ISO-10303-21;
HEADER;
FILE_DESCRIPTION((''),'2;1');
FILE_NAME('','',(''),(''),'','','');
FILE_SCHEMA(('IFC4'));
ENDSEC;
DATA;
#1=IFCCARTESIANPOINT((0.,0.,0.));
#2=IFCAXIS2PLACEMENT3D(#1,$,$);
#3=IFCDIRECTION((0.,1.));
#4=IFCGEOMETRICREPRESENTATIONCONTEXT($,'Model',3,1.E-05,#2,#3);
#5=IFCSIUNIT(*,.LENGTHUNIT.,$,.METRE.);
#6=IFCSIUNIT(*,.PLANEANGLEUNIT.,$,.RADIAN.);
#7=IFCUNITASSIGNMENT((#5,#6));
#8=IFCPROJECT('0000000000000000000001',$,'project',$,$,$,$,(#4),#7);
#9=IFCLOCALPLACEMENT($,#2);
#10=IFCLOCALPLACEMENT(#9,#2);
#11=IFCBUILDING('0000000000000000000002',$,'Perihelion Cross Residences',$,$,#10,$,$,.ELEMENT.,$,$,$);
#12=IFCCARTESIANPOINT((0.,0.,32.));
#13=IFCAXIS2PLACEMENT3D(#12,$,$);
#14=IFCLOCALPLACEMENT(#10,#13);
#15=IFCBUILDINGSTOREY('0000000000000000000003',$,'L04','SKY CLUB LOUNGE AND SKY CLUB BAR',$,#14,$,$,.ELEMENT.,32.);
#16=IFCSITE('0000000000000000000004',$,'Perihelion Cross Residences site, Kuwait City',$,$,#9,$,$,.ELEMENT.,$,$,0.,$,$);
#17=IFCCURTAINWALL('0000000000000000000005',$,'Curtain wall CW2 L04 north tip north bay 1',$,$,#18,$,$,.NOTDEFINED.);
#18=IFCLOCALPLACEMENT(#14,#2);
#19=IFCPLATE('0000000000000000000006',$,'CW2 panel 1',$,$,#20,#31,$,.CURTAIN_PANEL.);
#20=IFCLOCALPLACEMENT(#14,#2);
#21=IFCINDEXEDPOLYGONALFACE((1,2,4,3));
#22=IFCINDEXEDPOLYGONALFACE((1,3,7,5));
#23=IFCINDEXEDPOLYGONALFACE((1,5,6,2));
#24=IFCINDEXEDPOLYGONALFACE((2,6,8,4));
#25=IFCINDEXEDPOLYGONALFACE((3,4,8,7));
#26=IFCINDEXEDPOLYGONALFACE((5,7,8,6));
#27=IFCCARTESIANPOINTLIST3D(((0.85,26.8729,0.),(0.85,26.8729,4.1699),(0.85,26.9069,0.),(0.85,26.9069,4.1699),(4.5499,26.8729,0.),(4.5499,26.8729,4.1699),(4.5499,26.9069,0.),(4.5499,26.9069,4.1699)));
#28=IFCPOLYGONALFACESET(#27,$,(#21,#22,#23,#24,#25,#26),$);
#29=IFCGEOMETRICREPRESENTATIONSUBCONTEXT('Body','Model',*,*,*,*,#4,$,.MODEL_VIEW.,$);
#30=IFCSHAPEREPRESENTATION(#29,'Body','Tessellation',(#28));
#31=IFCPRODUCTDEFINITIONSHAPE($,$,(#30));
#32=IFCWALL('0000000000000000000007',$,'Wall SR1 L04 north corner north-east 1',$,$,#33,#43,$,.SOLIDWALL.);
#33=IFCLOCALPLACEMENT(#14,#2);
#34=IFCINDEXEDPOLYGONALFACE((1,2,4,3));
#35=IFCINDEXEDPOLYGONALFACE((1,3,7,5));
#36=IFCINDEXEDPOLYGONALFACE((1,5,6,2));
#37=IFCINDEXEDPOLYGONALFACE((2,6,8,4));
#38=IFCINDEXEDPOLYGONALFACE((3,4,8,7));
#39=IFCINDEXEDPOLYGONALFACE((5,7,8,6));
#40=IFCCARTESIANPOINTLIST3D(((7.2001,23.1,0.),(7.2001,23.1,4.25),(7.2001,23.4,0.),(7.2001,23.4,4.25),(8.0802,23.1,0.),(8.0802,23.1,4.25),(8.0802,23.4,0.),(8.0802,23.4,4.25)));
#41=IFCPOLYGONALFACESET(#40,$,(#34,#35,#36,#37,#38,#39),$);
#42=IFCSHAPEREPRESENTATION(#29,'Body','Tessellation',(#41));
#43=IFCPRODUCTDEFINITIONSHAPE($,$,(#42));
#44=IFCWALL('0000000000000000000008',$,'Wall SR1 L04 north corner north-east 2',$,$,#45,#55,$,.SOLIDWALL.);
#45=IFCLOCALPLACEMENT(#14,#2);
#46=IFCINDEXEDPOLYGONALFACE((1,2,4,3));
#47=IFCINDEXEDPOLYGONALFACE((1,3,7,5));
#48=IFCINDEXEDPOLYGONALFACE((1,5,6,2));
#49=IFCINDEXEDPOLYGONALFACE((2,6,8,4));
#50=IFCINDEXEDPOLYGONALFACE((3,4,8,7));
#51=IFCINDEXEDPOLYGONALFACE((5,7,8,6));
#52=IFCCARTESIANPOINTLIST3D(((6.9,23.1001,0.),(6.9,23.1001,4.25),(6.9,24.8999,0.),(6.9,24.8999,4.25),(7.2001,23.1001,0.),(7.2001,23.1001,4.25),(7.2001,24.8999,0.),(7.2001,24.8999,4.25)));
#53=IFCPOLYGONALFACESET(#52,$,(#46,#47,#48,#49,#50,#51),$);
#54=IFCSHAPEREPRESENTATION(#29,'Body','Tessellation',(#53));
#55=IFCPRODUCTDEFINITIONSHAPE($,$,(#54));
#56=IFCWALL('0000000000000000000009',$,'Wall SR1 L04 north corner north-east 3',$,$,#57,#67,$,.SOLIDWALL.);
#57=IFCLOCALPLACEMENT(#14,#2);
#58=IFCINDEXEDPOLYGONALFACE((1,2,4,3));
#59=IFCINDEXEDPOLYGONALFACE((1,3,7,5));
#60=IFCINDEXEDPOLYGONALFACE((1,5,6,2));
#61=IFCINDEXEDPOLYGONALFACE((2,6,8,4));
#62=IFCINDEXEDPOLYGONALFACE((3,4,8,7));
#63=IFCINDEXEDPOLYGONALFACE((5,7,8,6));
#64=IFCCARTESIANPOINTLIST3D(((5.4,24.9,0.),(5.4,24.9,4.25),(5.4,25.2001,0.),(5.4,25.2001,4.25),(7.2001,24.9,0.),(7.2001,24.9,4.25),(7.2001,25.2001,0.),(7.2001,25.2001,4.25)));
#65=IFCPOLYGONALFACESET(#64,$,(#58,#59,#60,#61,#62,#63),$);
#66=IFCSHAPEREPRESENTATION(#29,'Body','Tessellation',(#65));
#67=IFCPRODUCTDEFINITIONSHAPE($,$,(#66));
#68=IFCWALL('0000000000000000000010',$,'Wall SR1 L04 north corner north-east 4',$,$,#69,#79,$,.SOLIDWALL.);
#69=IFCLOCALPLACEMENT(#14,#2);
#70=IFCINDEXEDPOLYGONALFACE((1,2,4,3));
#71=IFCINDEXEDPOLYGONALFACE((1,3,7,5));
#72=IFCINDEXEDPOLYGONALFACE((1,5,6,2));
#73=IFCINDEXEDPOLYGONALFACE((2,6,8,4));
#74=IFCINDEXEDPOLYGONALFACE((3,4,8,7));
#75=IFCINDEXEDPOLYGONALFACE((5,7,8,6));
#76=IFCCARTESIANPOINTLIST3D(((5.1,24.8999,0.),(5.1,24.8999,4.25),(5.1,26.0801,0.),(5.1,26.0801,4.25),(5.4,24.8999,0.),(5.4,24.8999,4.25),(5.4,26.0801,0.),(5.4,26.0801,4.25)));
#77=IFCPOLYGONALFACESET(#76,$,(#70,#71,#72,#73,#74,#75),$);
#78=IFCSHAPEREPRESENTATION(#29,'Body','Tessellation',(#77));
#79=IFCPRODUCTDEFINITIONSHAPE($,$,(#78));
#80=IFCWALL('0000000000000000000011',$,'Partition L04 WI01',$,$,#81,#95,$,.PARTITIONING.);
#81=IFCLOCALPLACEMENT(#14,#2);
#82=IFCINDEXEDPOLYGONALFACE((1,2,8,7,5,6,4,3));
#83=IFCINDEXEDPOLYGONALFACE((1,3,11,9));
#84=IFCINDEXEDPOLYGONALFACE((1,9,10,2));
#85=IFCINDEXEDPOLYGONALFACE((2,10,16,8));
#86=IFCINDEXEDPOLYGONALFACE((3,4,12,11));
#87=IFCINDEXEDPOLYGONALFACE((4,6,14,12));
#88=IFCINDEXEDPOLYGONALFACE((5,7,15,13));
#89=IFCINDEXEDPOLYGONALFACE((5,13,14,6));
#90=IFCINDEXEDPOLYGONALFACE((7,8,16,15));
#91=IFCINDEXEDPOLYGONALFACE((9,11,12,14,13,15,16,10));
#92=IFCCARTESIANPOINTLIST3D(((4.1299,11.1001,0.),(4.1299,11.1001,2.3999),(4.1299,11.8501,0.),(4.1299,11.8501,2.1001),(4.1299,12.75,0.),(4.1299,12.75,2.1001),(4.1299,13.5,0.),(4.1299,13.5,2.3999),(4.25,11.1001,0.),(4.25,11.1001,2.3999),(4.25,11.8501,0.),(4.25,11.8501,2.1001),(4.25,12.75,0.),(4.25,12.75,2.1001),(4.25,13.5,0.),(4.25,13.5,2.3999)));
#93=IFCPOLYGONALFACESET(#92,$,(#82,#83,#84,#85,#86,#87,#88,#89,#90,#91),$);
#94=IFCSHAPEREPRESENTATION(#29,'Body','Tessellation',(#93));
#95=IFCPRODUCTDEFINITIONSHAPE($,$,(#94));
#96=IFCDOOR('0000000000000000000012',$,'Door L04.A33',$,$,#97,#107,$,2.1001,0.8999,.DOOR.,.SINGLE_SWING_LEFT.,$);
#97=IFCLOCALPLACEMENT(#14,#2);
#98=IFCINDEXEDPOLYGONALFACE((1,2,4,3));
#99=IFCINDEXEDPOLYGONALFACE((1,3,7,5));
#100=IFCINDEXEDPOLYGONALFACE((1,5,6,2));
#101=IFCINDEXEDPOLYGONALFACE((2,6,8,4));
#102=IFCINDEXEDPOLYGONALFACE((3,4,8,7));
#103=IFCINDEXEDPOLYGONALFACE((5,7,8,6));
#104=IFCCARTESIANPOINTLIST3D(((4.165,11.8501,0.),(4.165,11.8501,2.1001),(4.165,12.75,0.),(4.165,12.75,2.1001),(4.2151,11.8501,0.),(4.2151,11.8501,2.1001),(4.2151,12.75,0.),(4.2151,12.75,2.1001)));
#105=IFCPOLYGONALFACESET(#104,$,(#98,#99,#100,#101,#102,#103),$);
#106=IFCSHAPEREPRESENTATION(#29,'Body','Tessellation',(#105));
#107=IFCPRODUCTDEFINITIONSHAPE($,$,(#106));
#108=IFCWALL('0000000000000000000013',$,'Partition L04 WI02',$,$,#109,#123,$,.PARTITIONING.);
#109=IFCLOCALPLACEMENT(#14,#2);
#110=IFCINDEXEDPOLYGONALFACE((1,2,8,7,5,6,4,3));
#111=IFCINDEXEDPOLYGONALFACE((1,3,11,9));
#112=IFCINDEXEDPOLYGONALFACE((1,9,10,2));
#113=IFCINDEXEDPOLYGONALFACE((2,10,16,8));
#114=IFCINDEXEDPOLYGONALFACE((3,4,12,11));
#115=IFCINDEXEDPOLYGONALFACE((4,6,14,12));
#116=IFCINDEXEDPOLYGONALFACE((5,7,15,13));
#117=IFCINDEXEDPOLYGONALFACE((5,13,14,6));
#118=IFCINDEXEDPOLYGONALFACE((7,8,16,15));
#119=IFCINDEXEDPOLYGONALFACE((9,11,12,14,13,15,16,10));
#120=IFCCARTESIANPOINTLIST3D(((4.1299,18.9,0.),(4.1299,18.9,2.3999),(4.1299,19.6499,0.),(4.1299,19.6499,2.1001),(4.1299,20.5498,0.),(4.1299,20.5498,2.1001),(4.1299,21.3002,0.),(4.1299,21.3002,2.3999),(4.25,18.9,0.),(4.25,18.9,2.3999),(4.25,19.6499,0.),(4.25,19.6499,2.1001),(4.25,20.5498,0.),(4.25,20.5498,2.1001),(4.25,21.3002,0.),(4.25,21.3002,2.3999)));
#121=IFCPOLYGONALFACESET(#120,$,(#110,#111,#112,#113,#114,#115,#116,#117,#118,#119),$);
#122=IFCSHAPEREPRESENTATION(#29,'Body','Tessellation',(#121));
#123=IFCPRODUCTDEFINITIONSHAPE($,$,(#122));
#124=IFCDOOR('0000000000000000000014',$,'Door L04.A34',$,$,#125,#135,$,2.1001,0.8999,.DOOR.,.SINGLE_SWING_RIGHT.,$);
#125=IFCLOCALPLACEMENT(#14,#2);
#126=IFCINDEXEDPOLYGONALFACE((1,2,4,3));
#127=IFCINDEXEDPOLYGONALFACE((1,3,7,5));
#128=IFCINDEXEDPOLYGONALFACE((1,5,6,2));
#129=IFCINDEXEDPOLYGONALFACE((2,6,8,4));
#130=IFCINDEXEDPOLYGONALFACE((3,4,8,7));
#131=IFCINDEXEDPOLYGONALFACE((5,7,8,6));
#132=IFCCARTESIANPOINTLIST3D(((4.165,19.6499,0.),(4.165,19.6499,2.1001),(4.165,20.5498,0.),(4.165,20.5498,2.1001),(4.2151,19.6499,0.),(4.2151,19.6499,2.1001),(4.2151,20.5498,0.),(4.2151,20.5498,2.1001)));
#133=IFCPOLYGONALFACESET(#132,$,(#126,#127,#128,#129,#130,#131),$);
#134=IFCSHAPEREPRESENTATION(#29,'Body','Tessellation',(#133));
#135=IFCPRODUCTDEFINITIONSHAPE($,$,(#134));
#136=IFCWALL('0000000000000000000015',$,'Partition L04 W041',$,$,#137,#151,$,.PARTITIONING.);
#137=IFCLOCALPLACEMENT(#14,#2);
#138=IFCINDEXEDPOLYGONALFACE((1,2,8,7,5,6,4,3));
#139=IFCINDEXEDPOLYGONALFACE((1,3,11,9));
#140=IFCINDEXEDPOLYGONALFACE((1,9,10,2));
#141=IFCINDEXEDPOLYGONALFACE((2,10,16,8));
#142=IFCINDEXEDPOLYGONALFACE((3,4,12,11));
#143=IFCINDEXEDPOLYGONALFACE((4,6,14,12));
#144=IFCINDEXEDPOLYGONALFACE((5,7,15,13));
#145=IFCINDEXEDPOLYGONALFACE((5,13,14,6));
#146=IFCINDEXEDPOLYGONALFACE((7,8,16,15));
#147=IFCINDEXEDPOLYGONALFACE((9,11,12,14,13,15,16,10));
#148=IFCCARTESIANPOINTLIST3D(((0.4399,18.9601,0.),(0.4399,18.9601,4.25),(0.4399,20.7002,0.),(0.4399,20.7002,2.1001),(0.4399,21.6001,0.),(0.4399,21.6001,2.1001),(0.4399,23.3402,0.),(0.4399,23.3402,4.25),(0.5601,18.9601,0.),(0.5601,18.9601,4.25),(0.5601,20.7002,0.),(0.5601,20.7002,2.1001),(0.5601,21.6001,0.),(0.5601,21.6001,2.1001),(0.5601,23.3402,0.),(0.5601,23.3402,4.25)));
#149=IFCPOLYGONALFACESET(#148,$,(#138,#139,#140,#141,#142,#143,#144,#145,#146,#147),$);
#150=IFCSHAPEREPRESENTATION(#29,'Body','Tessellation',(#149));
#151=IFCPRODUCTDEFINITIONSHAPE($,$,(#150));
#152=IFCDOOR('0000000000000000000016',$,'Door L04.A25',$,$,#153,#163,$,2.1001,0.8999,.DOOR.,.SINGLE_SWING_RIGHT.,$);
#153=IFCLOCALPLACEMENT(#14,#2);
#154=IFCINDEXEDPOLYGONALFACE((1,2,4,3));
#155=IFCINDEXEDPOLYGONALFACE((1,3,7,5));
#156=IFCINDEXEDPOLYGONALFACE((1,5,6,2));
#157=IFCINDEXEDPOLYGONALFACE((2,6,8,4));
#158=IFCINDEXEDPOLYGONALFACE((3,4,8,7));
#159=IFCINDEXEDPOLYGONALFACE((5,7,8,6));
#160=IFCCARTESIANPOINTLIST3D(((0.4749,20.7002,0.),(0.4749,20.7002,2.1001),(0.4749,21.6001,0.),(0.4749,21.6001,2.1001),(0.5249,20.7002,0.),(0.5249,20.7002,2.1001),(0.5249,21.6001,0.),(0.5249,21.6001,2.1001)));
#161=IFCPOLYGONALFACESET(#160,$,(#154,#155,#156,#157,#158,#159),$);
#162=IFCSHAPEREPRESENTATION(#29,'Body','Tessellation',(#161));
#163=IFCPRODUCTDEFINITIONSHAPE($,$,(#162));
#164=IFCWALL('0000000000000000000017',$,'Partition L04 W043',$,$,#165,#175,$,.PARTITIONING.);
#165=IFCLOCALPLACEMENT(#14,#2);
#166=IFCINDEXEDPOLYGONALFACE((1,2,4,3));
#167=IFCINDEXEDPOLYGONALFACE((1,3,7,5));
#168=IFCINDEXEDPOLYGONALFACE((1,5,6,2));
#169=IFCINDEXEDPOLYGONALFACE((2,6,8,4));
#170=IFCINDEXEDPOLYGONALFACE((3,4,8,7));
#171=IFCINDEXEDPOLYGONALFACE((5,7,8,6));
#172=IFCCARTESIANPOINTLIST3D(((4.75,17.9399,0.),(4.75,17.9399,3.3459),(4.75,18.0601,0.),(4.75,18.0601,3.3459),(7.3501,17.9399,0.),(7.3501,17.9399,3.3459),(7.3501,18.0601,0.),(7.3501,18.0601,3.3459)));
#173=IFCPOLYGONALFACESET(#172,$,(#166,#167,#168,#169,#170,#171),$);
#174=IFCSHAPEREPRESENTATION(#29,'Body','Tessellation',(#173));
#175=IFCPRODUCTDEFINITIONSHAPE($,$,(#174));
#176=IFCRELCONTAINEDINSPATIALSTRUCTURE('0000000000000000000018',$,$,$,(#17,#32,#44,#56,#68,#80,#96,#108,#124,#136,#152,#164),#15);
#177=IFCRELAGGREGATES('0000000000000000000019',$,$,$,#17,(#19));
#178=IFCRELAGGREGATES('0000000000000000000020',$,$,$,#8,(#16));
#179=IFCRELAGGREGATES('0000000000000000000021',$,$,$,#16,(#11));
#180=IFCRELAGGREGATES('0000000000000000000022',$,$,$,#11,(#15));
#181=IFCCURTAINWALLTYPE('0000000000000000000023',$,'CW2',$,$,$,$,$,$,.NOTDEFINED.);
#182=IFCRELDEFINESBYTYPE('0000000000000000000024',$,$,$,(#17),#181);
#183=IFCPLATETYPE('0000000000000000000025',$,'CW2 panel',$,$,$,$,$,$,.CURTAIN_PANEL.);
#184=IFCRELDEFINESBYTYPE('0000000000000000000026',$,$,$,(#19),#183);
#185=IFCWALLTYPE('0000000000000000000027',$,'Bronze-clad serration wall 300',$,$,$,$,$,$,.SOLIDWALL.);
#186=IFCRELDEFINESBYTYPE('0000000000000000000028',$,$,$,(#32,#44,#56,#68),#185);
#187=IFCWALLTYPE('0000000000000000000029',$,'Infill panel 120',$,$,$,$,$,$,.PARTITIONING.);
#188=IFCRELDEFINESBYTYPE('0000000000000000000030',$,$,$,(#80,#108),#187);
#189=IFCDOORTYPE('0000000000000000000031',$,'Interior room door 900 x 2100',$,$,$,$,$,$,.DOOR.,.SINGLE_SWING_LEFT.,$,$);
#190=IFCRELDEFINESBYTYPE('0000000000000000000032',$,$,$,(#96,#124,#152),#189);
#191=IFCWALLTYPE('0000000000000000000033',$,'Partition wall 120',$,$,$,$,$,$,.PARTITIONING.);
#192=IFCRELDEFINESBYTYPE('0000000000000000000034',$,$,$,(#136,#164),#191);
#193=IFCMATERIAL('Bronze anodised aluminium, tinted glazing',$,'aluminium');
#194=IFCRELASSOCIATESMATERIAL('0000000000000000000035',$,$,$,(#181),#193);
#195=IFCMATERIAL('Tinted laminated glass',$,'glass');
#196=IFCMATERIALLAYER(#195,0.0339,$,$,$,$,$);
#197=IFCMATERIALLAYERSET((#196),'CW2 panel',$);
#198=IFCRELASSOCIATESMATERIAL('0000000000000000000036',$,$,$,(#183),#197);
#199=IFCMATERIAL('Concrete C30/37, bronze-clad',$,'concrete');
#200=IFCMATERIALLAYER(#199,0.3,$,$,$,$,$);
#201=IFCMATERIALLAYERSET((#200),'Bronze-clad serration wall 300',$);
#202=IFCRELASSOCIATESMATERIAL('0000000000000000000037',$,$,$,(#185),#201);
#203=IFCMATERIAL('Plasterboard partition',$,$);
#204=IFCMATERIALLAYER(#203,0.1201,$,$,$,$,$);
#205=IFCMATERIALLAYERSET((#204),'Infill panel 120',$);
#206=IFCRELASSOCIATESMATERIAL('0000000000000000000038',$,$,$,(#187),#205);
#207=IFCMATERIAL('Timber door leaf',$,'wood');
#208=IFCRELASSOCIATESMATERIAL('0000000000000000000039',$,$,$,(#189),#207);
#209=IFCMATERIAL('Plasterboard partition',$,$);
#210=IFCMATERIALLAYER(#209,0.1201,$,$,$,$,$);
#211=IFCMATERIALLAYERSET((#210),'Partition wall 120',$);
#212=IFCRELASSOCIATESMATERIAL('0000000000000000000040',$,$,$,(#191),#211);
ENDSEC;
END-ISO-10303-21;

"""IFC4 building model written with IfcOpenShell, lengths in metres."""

from ifc_helpers import new_model, si_unit, direction, frame, frame_2d, origin, origin_2d, place, context, subcontext, project, spatial, rectangle, extrude, material, layer, layer_set, type_object, element, fill, aggregate, save


model = new_model("IFC4")

# Units and contexts
model_context = context("Model", 3, precision=1e-05, world=origin(), true_north=direction((0.0, 1.0)))
body_context = subcontext(model_context, "Body", "Model", "MODEL_VIEW")
ifc_project = project(units=[si_unit("LENGTHUNIT", "METRE"), si_unit("PLANEANGLEUNIT", "RADIAN")], contexts=[model_context])

# Site, building, storey
site_placement = place(None, origin())
site = spatial("IfcSite", under=ifc_project, at=site_placement, Name="Perihelion Cross Residences site, Kuwait City", CompositionType="ELEMENT", RefElevation=0.0)
building_placement = place(site_placement, origin())
building = spatial("IfcBuilding", under=site, at=building_placement, Name="Perihelion Cross Residences", CompositionType="ELEMENT")
storey_placement = place(building_placement, frame((0.0, 0.0, 32.0)))
storey = spatial("IfcBuildingStorey", under=building, at=storey_placement, Name="L04", Description="SKY CLUB LOUNGE AND SKY CLUB BAR", CompositionType="ELEMENT", Elevation=32.0)

# Shared definitions
ifc_material_1 = material(Name="Bronze anodised aluminium, tinted glazing", Category="aluminium")
curtain_wall_type = type_object("IfcCurtainWallType", Name="CW2", PredefinedType="NOTDEFINED", material=ifc_material_1)

# Curtain wall
curtain_wall_1_placement = place(storey_placement, origin())
curtain_wall_1 = element("IfcCurtainWall", 1, at=curtain_wall_1_placement, inside=storey, type_object=curtain_wall_type, Name="Curtain wall CW2 L04 north tip north bay 1", PredefinedType="NOTDEFINED")

# Plate
ifc_material_2 = material(Name="Tinted laminated glass", Category="glass")
ifc_layer_1 = layer(ifc_material_2, 0.0339)
ifc_layer_set_1 = layer_set([ifc_layer_1], Name="CW2 panel")
plate_type = type_object("IfcPlateType", Name="CW2 panel", PredefinedType="CURTAIN_PANEL", material=ifc_layer_set_1)
plate_placement = place(storey_placement, frame((2.7, 26.8899, 0.0), z_axis=(0.0, 0.0, 1.0), x_axis=(-1.0, 0.0, 0.0)))
plate = element("IfcPlate", 2, at=plate_placement, type_object=plate_type, Name="CW2 panel 1", PredefinedType="CURTAIN_PANEL", context=body_context, shape_type="SweptSolid", body=[
    extrude(rectangle(XDim=3.7, YDim=0.0339, at=origin_2d()), origin(), (0.0, 0.0, 1.0), 4.1699),
])
aggregate(curtain_wall_1, [plate])

# Walls
ifc_material_3 = material(Name="Concrete C30/37, bronze-clad", Category="concrete")
ifc_layer_2 = layer(ifc_material_3, 0.3)
ifc_layer_set_2 = layer_set([ifc_layer_2], Name="Bronze-clad serration wall 300")
wall_type_1 = type_object("IfcWallType", Name="Bronze-clad serration wall 300", PredefinedType="SOLIDWALL", material=ifc_layer_set_2)
wall_1_placement = place(storey_placement, frame((8.0801, 23.25, 0.0), z_axis=(0.0, 0.0, 1.0), x_axis=(-1.0, 0.0, 0.0)))
element("IfcWall", 3, at=wall_1_placement, inside=storey, type_object=wall_type_1, Name="Wall SR1 L04 north corner north-east 1", PredefinedType="SOLIDWALL", context=body_context, shape_type="SweptSolid", body=[
    extrude(rectangle(XDim=0.8801, YDim=0.3, at=frame_2d((0.4399, 0.0))), origin(), (0.0, 0.0, 1.0), 4.25),
])
wall_2_placement = place(storey_placement, frame((7.05, 23.1001, 0.0), z_axis=(0.0, 0.0, 1.0), x_axis=(0.0, 1.0, 0.0)))
element("IfcWall", 4, at=wall_2_placement, inside=storey, type_object=wall_type_1, Name="Wall SR1 L04 north corner north-east 2", PredefinedType="SOLIDWALL", context=body_context, shape_type="SweptSolid", body=[
    extrude(rectangle(XDim=1.7998, YDim=0.3, at=frame_2d((0.8999, 0.0))), origin(), (0.0, 0.0, 1.0), 4.25),
])
wall_3_placement = place(storey_placement, frame((7.2, 25.05, 0.0), z_axis=(0.0, 0.0, 1.0), x_axis=(-1.0, 0.0, 0.0)))
element("IfcWall", 5, at=wall_3_placement, inside=storey, type_object=wall_type_1, Name="Wall SR1 L04 north corner north-east 3", PredefinedType="SOLIDWALL", context=body_context, shape_type="SweptSolid", body=[
    extrude(rectangle(XDim=1.8, YDim=0.3, at=frame_2d((0.8999, 0.0))), origin(), (0.0, 0.0, 1.0), 4.25),
])
wall_4_placement = place(storey_placement, frame((5.25, 24.8999, 0.0), z_axis=(0.0, 0.0, 1.0), x_axis=(0.0, 1.0, 0.0)))
element("IfcWall", 6, at=wall_4_placement, inside=storey, type_object=wall_type_1, Name="Wall SR1 L04 north corner north-east 4", PredefinedType="SOLIDWALL", context=body_context, shape_type="SweptSolid", body=[
    extrude(rectangle(XDim=1.1802, YDim=0.3, at=frame_2d((0.5901, 0.0))), origin(), (0.0, 0.0, 1.0), 4.25),
])

# Walls, openings, doors
ifc_material_4 = material(Name="Plasterboard partition")
ifc_layer_3 = layer(ifc_material_4, 0.1201)
ifc_layer_set_3 = layer_set([ifc_layer_3], Name="Infill panel 120")
wall_type_2 = type_object("IfcWallType", Name="Infill panel 120", PredefinedType="PARTITIONING", material=ifc_layer_set_3)
wall_5_placement = place(storey_placement, frame((4.1899, 11.1001, 0.0), z_axis=(0.0, 0.0, 1.0), x_axis=(0.0, 1.0, 0.0)))
wall_5 = element("IfcWall", 7, at=wall_5_placement, inside=storey, type_object=wall_type_2, Name="Partition L04 WI01", PredefinedType="PARTITIONING", context=body_context, shape_type="SweptSolid", body=[
    extrude(rectangle(XDim=2.3999, YDim=0.1201, at=frame_2d((1.2, 0.0))), origin(), (0.0, 0.0, 1.0), 2.3999),
])
opening_1_placement = place(wall_5_placement, frame((0.75, 0.0, 0.0)))
opening_1 = element("IfcOpeningElement", 8, at=opening_1_placement, cuts=wall_5, PredefinedType="OPENING", context=body_context, shape_type="SweptSolid", body=[
    extrude(rectangle(XDim=0.8999, YDim=2.1001, at=frame_2d((0.45, 1.05))), frame((0.0, 0.0701, 0.0), z_axis=(0.0, -1.0, 0.0), x_axis=(1.0, 0.0, 0.0)), (0.0, 0.0, 1.0), 0.1401),
])
ifc_material_5 = material(Name="Timber door leaf", Category="wood")
door_type_1 = type_object("IfcDoorType", Name="Interior room door 900 x 2100", OperationType="SINGLE_SWING_LEFT", PredefinedType="DOOR", material=ifc_material_5)
door_1_placement = place(opening_1_placement, origin())
door_1 = element("IfcDoor", 9, at=door_1_placement, inside=storey, type_object=door_type_1, Name="Door L04.A33", OperationType="SINGLE_SWING_LEFT", OverallHeight=2.1001, OverallWidth=0.8999, PredefinedType="DOOR", context=body_context, shape_type="SweptSolid", body=[
    extrude(rectangle(XDim=0.8999, YDim=2.1001, at=frame_2d((0.45, 1.05))), frame((0.0, 0.0249, 0.0), z_axis=(0.0, -1.0, 0.0), x_axis=(1.0, 0.0, 0.0)), (0.0, 0.0, 1.0), 0.05),
])
fill(opening_1, door_1)
wall_6_placement = place(storey_placement, frame((4.1899, 18.8999, 0.0), z_axis=(0.0, 0.0, 1.0), x_axis=(0.0, 1.0, 0.0)))
wall_6 = element("IfcWall", 10, at=wall_6_placement, inside=storey, type_object=wall_type_2, Name="Partition L04 WI02", PredefinedType="PARTITIONING", context=body_context, shape_type="SweptSolid", body=[
    extrude(rectangle(XDim=2.4001, YDim=0.1201, at=frame_2d((1.2002, 0.0))), origin(), (0.0, 0.0, 1.0), 2.3999),
])
opening_2_placement = place(wall_6_placement, frame((0.75, 0.0, 0.0)))
opening_2 = element("IfcOpeningElement", 11, at=opening_2_placement, cuts=wall_6, PredefinedType="OPENING", context=body_context, shape_type="SweptSolid", body=[
    extrude(rectangle(XDim=0.8999, YDim=2.1001, at=frame_2d((0.45, 1.05))), frame((0.0, 0.0701, 0.0), z_axis=(0.0, -1.0, 0.0), x_axis=(1.0, 0.0, 0.0)), (0.0, 0.0, 1.0), 0.1401),
])
door_2_placement = place(opening_2_placement, origin())
door_2 = element("IfcDoor", 12, at=door_2_placement, inside=storey, type_object=door_type_1, Name="Door L04.A34", OperationType="SINGLE_SWING_RIGHT", OverallHeight=2.1001, OverallWidth=0.8999, PredefinedType="DOOR", context=body_context, shape_type="SweptSolid", body=[
    extrude(rectangle(XDim=0.8999, YDim=2.1001, at=frame_2d((0.45, 1.05))), frame((0.0, 0.0249, 0.0), z_axis=(0.0, -1.0, 0.0), x_axis=(1.0, 0.0, 0.0)), (0.0, 0.0, 1.0), 0.05),
])
fill(opening_2, door_2)
ifc_material_6 = material(Name="Plasterboard partition")
ifc_layer_4 = layer(ifc_material_6, 0.1201)
ifc_layer_set_4 = layer_set([ifc_layer_4], Name="Partition wall 120")
wall_type_3 = type_object("IfcWallType", Name="Partition wall 120", PredefinedType="PARTITIONING", material=ifc_layer_set_4)
wall_7_placement = place(storey_placement, frame((0.5, 23.3401, 0.0), z_axis=(0.0, 0.0, 1.0), x_axis=(0.0, -1.0, 0.0)))
wall_7 = element("IfcWall", 13, at=wall_7_placement, inside=storey, type_object=wall_type_3, Name="Partition L04 W041", PredefinedType="PARTITIONING", context=body_context, shape_type="SweptSolid", body=[
    extrude(rectangle(XDim=4.3801, YDim=0.1201, at=frame_2d((2.1899, 0.0))), origin(), (0.0, 0.0, 1.0), 4.25),
])
opening_3_placement = place(wall_7_placement, frame((1.74, 0.0, 0.0)))
opening_3 = element("IfcOpeningElement", 14, at=opening_3_placement, cuts=wall_7, PredefinedType="OPENING", context=body_context, shape_type="SweptSolid", body=[
    extrude(rectangle(XDim=0.8999, YDim=2.1001, at=frame_2d((0.45, 1.05))), frame((0.0, 0.0701, 0.0), z_axis=(0.0, -1.0, 0.0), x_axis=(1.0, 0.0, 0.0)), (0.0, 0.0, 1.0), 0.1401),
])
door_3_placement = place(opening_3_placement, origin())
door_3 = element("IfcDoor", 15, at=door_3_placement, inside=storey, type_object=door_type_1, Name="Door L04.A25", OperationType="SINGLE_SWING_RIGHT", OverallHeight=2.1001, OverallWidth=0.8999, PredefinedType="DOOR", context=body_context, shape_type="SweptSolid", body=[
    extrude(rectangle(XDim=0.8999, YDim=2.1001, at=frame_2d((0.45, 1.05))), frame((0.0, 0.0249, 0.0), z_axis=(0.0, -1.0, 0.0), x_axis=(1.0, 0.0, 0.0)), (0.0, 0.0, 1.0), 0.05),
])
fill(opening_3, door_3)

# Wall
wall_8_placement = place(storey_placement, frame((4.75, 18.0, 0.0), z_axis=(0.0, 0.0, 1.0), x_axis=(1.0, 0.0, 0.0)))
element("IfcWall", 16, at=wall_8_placement, inside=storey, type_object=wall_type_3, Name="Partition L04 W043", PredefinedType="PARTITIONING", context=body_context, shape_type="SweptSolid", body=[
    extrude(rectangle(XDim=2.6001, YDim=0.1201, at=frame_2d((1.3, 0.0))), origin(), (0.0, 0.0, 1.0), 3.3459),
])

save(model, "model.ifc")
